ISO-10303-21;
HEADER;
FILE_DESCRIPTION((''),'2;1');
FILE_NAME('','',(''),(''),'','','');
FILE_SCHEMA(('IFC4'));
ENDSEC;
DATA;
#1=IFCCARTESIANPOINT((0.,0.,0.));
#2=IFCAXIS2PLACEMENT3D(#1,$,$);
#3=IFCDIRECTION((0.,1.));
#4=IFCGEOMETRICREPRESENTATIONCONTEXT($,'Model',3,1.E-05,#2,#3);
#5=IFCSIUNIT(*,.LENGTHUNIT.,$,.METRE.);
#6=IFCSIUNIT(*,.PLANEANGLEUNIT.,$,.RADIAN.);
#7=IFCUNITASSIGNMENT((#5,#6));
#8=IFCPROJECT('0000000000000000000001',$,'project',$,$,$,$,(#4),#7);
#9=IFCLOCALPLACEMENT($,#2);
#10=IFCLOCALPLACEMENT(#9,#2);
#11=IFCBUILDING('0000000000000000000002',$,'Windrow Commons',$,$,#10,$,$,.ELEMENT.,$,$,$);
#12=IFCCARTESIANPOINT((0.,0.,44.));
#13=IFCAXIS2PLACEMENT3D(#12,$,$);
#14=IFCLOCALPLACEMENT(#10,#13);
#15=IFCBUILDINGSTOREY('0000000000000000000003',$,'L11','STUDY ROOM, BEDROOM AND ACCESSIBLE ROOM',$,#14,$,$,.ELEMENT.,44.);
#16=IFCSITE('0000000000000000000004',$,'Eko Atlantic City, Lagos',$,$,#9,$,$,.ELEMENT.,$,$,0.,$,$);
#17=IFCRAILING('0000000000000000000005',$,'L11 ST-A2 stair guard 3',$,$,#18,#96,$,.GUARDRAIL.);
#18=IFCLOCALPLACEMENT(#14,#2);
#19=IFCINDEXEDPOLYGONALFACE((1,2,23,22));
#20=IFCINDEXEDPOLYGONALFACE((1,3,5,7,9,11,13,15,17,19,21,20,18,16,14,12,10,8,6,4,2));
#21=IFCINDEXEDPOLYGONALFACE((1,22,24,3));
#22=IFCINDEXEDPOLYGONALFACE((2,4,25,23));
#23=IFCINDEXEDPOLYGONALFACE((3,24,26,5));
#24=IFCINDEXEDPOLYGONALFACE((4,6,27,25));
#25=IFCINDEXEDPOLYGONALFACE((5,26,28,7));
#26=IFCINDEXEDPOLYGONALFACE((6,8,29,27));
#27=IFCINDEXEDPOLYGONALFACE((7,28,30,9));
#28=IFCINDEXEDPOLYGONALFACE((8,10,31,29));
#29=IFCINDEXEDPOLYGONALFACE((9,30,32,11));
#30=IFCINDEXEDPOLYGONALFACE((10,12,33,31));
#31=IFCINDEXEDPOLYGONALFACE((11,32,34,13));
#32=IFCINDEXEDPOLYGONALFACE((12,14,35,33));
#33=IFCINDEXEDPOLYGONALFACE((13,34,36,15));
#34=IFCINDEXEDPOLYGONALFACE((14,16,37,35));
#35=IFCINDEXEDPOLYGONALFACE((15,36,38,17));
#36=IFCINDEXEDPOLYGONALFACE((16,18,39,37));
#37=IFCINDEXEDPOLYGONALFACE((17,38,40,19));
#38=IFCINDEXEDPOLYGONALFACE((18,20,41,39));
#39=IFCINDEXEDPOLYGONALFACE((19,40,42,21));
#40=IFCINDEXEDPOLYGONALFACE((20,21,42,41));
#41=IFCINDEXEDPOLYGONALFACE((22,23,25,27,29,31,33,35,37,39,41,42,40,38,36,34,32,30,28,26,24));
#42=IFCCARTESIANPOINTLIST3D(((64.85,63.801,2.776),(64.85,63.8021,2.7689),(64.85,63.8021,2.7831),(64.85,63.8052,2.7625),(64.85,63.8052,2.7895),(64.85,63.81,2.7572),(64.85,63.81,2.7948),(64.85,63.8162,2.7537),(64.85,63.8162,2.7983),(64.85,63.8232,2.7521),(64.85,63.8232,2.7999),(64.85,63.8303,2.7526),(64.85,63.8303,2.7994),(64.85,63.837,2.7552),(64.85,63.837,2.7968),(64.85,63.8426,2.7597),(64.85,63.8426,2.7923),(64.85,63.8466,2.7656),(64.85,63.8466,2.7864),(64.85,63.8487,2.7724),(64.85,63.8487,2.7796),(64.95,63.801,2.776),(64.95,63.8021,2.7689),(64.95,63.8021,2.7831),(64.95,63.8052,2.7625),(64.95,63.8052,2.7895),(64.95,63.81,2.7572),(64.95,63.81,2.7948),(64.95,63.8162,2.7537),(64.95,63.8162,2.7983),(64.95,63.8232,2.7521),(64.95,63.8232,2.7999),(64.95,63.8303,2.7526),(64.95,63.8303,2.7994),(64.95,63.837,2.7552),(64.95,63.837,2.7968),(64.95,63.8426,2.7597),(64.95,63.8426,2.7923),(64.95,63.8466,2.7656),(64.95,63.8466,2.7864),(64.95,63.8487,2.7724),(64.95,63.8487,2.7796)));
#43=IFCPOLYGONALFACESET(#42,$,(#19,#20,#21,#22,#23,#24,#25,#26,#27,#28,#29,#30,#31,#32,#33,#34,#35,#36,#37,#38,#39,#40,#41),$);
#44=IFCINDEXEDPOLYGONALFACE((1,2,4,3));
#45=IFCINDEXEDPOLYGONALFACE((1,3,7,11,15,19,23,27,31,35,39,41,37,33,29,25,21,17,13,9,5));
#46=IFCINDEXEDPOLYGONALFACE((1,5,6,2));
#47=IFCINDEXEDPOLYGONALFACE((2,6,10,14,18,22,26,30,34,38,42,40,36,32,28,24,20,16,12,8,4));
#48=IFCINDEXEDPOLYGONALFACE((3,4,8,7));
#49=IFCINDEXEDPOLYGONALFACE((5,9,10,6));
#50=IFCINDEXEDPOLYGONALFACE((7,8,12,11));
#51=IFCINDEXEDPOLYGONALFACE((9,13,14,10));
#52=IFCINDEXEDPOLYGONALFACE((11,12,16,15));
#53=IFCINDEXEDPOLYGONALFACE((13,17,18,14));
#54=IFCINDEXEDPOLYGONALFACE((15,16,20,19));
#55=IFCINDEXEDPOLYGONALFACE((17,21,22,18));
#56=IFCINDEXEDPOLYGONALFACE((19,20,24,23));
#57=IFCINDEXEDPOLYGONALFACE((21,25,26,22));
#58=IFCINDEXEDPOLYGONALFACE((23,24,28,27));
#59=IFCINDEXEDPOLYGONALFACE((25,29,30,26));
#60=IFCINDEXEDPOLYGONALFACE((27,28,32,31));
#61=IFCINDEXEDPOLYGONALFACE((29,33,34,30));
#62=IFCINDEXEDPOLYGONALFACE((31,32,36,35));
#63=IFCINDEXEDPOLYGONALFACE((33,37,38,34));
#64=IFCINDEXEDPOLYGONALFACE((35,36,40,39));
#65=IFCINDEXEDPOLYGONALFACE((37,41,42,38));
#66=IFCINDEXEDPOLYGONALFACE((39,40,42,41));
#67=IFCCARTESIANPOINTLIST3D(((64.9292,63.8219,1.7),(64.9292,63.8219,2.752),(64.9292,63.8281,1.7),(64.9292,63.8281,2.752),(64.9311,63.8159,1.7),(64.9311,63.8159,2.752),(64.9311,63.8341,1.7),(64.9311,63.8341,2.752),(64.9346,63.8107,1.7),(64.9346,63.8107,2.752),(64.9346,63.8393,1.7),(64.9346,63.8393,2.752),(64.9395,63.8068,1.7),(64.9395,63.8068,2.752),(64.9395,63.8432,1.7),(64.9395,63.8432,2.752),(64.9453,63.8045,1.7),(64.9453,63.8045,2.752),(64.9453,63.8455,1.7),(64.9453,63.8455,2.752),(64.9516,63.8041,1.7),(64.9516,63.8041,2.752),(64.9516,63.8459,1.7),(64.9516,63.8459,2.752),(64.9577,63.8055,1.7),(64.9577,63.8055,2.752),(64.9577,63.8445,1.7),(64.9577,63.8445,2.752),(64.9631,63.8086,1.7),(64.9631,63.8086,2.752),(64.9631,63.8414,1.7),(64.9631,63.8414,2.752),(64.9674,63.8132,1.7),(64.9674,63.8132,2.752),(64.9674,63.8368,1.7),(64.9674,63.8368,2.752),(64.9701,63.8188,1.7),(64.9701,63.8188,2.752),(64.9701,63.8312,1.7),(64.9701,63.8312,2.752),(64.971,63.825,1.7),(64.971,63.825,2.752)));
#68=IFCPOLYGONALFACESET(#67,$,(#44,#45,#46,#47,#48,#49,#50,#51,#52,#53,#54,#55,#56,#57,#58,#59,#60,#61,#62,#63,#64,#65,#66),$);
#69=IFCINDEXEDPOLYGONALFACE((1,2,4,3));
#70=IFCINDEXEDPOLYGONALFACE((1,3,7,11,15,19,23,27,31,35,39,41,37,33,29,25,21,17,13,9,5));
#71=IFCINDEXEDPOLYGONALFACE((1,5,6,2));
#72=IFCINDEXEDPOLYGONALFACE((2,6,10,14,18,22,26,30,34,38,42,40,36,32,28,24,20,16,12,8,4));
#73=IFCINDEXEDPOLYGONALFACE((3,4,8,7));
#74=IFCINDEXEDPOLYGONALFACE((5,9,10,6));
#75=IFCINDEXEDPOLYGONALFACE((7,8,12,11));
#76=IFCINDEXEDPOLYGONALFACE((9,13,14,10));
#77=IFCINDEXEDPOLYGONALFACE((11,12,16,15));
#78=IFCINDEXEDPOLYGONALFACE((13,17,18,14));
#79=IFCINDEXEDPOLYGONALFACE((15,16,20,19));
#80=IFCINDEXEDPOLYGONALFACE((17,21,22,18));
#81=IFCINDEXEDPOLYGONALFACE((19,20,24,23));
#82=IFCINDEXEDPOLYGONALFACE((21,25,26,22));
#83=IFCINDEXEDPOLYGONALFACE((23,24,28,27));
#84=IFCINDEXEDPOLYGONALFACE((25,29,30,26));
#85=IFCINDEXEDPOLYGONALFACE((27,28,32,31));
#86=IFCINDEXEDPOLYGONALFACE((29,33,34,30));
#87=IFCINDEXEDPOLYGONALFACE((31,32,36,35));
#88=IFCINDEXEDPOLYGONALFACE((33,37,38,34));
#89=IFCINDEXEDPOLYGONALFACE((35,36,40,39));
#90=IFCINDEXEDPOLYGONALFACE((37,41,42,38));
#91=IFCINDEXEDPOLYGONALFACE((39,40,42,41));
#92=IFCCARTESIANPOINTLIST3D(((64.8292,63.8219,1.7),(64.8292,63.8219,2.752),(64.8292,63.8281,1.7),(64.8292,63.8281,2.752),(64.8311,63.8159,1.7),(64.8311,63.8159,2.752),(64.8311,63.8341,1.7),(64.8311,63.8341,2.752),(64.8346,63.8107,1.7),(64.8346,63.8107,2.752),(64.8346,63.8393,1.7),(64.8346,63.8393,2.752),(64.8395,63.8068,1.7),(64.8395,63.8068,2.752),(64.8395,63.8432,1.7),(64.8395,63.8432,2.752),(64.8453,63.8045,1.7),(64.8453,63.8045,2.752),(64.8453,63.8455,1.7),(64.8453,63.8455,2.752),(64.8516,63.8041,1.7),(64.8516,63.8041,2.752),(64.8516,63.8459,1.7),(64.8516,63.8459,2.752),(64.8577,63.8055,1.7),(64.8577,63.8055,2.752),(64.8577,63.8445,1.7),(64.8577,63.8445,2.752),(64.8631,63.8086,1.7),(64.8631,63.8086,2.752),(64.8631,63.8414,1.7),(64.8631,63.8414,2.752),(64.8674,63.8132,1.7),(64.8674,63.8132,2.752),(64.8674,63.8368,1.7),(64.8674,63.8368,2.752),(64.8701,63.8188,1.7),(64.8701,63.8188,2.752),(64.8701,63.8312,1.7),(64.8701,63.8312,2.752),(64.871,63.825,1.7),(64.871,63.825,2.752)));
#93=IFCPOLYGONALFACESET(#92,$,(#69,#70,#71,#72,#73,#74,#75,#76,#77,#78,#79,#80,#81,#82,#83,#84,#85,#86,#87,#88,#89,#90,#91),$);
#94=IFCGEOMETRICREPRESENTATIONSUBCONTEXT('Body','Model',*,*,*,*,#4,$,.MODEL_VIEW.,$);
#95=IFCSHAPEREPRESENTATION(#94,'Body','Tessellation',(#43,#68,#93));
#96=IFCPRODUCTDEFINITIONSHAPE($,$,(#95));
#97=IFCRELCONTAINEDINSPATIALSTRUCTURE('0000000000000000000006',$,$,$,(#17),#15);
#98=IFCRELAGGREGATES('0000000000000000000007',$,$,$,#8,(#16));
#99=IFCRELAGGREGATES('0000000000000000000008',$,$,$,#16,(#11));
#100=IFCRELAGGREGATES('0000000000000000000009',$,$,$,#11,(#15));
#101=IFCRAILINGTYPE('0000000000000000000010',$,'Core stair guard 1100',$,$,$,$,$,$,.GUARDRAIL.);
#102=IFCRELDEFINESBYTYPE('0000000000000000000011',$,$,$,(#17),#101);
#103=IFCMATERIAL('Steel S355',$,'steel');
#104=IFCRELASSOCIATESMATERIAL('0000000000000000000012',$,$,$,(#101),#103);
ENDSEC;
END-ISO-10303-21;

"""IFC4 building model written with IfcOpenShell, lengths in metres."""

from ifc_helpers import new_model, si_unit, direction, frame, origin, origin_2d, place, context, subcontext, project, spatial, circle, extrude, material, type_object, element, save


model = new_model("IFC4")

# Units and contexts
model_context = context("Model", 3, precision=1e-05, world=origin(), true_north=direction((0.0, 1.0)))
body_context = subcontext(model_context, "Body", "Model", "MODEL_VIEW")
ifc_project = project(units=[si_unit("LENGTHUNIT", "METRE"), si_unit("PLANEANGLEUNIT", "RADIAN")], contexts=[model_context])

# Site, building, storey
site_placement = place(None, origin())
site = spatial("IfcSite", under=ifc_project, at=site_placement, Name="Eko Atlantic City, Lagos", CompositionType="ELEMENT", RefElevation=0.0)
building_placement = place(site_placement, origin())
building = spatial("IfcBuilding", under=site, at=building_placement, Name="Windrow Commons", CompositionType="ELEMENT")
storey_placement = place(building_placement, frame((0.0, 0.0, 44.0)))
storey = spatial("IfcBuildingStorey", under=building, at=storey_placement, Name="L11", Description="STUDY ROOM, BEDROOM AND ACCESSIBLE ROOM", CompositionType="ELEMENT", Elevation=44.0)

# Railing
ifc_material_1 = material(Name="Steel S355", Category="steel")
railing_type_1 = type_object("IfcRailingType", Name="Core stair guard 1100", PredefinedType="GUARDRAIL", material=ifc_material_1)
railing_1_placement = place(storey_placement, frame((64.95, 63.825, 1.7)))
element("IfcRailing", 1, at=railing_1_placement, inside=storey, type_object=railing_type_1, Name="L11 ST-A2 stair guard 3", PredefinedType="GUARDRAIL", context=body_context, shape_type="SweptSolid", body=[
    extrude(circle(Radius=0.024, at=origin_2d()), frame((0.0, 0.0, 1.076), z_axis=(-1.0, 0.0, 0.0), x_axis=(0.0, -1.0, 0.0)), (0.0, 0.0, 1.0), 0.1),
    extrude(circle(Radius=0.021, at=origin_2d()), origin(), (0.0, 0.0, 1.0), 1.052),
    extrude(circle(Radius=0.021, at=origin_2d()), frame((-0.1, 0.0, 0.0)), (0.0, 0.0, 1.0), 1.052),
])

save(model, "model.ifc")
